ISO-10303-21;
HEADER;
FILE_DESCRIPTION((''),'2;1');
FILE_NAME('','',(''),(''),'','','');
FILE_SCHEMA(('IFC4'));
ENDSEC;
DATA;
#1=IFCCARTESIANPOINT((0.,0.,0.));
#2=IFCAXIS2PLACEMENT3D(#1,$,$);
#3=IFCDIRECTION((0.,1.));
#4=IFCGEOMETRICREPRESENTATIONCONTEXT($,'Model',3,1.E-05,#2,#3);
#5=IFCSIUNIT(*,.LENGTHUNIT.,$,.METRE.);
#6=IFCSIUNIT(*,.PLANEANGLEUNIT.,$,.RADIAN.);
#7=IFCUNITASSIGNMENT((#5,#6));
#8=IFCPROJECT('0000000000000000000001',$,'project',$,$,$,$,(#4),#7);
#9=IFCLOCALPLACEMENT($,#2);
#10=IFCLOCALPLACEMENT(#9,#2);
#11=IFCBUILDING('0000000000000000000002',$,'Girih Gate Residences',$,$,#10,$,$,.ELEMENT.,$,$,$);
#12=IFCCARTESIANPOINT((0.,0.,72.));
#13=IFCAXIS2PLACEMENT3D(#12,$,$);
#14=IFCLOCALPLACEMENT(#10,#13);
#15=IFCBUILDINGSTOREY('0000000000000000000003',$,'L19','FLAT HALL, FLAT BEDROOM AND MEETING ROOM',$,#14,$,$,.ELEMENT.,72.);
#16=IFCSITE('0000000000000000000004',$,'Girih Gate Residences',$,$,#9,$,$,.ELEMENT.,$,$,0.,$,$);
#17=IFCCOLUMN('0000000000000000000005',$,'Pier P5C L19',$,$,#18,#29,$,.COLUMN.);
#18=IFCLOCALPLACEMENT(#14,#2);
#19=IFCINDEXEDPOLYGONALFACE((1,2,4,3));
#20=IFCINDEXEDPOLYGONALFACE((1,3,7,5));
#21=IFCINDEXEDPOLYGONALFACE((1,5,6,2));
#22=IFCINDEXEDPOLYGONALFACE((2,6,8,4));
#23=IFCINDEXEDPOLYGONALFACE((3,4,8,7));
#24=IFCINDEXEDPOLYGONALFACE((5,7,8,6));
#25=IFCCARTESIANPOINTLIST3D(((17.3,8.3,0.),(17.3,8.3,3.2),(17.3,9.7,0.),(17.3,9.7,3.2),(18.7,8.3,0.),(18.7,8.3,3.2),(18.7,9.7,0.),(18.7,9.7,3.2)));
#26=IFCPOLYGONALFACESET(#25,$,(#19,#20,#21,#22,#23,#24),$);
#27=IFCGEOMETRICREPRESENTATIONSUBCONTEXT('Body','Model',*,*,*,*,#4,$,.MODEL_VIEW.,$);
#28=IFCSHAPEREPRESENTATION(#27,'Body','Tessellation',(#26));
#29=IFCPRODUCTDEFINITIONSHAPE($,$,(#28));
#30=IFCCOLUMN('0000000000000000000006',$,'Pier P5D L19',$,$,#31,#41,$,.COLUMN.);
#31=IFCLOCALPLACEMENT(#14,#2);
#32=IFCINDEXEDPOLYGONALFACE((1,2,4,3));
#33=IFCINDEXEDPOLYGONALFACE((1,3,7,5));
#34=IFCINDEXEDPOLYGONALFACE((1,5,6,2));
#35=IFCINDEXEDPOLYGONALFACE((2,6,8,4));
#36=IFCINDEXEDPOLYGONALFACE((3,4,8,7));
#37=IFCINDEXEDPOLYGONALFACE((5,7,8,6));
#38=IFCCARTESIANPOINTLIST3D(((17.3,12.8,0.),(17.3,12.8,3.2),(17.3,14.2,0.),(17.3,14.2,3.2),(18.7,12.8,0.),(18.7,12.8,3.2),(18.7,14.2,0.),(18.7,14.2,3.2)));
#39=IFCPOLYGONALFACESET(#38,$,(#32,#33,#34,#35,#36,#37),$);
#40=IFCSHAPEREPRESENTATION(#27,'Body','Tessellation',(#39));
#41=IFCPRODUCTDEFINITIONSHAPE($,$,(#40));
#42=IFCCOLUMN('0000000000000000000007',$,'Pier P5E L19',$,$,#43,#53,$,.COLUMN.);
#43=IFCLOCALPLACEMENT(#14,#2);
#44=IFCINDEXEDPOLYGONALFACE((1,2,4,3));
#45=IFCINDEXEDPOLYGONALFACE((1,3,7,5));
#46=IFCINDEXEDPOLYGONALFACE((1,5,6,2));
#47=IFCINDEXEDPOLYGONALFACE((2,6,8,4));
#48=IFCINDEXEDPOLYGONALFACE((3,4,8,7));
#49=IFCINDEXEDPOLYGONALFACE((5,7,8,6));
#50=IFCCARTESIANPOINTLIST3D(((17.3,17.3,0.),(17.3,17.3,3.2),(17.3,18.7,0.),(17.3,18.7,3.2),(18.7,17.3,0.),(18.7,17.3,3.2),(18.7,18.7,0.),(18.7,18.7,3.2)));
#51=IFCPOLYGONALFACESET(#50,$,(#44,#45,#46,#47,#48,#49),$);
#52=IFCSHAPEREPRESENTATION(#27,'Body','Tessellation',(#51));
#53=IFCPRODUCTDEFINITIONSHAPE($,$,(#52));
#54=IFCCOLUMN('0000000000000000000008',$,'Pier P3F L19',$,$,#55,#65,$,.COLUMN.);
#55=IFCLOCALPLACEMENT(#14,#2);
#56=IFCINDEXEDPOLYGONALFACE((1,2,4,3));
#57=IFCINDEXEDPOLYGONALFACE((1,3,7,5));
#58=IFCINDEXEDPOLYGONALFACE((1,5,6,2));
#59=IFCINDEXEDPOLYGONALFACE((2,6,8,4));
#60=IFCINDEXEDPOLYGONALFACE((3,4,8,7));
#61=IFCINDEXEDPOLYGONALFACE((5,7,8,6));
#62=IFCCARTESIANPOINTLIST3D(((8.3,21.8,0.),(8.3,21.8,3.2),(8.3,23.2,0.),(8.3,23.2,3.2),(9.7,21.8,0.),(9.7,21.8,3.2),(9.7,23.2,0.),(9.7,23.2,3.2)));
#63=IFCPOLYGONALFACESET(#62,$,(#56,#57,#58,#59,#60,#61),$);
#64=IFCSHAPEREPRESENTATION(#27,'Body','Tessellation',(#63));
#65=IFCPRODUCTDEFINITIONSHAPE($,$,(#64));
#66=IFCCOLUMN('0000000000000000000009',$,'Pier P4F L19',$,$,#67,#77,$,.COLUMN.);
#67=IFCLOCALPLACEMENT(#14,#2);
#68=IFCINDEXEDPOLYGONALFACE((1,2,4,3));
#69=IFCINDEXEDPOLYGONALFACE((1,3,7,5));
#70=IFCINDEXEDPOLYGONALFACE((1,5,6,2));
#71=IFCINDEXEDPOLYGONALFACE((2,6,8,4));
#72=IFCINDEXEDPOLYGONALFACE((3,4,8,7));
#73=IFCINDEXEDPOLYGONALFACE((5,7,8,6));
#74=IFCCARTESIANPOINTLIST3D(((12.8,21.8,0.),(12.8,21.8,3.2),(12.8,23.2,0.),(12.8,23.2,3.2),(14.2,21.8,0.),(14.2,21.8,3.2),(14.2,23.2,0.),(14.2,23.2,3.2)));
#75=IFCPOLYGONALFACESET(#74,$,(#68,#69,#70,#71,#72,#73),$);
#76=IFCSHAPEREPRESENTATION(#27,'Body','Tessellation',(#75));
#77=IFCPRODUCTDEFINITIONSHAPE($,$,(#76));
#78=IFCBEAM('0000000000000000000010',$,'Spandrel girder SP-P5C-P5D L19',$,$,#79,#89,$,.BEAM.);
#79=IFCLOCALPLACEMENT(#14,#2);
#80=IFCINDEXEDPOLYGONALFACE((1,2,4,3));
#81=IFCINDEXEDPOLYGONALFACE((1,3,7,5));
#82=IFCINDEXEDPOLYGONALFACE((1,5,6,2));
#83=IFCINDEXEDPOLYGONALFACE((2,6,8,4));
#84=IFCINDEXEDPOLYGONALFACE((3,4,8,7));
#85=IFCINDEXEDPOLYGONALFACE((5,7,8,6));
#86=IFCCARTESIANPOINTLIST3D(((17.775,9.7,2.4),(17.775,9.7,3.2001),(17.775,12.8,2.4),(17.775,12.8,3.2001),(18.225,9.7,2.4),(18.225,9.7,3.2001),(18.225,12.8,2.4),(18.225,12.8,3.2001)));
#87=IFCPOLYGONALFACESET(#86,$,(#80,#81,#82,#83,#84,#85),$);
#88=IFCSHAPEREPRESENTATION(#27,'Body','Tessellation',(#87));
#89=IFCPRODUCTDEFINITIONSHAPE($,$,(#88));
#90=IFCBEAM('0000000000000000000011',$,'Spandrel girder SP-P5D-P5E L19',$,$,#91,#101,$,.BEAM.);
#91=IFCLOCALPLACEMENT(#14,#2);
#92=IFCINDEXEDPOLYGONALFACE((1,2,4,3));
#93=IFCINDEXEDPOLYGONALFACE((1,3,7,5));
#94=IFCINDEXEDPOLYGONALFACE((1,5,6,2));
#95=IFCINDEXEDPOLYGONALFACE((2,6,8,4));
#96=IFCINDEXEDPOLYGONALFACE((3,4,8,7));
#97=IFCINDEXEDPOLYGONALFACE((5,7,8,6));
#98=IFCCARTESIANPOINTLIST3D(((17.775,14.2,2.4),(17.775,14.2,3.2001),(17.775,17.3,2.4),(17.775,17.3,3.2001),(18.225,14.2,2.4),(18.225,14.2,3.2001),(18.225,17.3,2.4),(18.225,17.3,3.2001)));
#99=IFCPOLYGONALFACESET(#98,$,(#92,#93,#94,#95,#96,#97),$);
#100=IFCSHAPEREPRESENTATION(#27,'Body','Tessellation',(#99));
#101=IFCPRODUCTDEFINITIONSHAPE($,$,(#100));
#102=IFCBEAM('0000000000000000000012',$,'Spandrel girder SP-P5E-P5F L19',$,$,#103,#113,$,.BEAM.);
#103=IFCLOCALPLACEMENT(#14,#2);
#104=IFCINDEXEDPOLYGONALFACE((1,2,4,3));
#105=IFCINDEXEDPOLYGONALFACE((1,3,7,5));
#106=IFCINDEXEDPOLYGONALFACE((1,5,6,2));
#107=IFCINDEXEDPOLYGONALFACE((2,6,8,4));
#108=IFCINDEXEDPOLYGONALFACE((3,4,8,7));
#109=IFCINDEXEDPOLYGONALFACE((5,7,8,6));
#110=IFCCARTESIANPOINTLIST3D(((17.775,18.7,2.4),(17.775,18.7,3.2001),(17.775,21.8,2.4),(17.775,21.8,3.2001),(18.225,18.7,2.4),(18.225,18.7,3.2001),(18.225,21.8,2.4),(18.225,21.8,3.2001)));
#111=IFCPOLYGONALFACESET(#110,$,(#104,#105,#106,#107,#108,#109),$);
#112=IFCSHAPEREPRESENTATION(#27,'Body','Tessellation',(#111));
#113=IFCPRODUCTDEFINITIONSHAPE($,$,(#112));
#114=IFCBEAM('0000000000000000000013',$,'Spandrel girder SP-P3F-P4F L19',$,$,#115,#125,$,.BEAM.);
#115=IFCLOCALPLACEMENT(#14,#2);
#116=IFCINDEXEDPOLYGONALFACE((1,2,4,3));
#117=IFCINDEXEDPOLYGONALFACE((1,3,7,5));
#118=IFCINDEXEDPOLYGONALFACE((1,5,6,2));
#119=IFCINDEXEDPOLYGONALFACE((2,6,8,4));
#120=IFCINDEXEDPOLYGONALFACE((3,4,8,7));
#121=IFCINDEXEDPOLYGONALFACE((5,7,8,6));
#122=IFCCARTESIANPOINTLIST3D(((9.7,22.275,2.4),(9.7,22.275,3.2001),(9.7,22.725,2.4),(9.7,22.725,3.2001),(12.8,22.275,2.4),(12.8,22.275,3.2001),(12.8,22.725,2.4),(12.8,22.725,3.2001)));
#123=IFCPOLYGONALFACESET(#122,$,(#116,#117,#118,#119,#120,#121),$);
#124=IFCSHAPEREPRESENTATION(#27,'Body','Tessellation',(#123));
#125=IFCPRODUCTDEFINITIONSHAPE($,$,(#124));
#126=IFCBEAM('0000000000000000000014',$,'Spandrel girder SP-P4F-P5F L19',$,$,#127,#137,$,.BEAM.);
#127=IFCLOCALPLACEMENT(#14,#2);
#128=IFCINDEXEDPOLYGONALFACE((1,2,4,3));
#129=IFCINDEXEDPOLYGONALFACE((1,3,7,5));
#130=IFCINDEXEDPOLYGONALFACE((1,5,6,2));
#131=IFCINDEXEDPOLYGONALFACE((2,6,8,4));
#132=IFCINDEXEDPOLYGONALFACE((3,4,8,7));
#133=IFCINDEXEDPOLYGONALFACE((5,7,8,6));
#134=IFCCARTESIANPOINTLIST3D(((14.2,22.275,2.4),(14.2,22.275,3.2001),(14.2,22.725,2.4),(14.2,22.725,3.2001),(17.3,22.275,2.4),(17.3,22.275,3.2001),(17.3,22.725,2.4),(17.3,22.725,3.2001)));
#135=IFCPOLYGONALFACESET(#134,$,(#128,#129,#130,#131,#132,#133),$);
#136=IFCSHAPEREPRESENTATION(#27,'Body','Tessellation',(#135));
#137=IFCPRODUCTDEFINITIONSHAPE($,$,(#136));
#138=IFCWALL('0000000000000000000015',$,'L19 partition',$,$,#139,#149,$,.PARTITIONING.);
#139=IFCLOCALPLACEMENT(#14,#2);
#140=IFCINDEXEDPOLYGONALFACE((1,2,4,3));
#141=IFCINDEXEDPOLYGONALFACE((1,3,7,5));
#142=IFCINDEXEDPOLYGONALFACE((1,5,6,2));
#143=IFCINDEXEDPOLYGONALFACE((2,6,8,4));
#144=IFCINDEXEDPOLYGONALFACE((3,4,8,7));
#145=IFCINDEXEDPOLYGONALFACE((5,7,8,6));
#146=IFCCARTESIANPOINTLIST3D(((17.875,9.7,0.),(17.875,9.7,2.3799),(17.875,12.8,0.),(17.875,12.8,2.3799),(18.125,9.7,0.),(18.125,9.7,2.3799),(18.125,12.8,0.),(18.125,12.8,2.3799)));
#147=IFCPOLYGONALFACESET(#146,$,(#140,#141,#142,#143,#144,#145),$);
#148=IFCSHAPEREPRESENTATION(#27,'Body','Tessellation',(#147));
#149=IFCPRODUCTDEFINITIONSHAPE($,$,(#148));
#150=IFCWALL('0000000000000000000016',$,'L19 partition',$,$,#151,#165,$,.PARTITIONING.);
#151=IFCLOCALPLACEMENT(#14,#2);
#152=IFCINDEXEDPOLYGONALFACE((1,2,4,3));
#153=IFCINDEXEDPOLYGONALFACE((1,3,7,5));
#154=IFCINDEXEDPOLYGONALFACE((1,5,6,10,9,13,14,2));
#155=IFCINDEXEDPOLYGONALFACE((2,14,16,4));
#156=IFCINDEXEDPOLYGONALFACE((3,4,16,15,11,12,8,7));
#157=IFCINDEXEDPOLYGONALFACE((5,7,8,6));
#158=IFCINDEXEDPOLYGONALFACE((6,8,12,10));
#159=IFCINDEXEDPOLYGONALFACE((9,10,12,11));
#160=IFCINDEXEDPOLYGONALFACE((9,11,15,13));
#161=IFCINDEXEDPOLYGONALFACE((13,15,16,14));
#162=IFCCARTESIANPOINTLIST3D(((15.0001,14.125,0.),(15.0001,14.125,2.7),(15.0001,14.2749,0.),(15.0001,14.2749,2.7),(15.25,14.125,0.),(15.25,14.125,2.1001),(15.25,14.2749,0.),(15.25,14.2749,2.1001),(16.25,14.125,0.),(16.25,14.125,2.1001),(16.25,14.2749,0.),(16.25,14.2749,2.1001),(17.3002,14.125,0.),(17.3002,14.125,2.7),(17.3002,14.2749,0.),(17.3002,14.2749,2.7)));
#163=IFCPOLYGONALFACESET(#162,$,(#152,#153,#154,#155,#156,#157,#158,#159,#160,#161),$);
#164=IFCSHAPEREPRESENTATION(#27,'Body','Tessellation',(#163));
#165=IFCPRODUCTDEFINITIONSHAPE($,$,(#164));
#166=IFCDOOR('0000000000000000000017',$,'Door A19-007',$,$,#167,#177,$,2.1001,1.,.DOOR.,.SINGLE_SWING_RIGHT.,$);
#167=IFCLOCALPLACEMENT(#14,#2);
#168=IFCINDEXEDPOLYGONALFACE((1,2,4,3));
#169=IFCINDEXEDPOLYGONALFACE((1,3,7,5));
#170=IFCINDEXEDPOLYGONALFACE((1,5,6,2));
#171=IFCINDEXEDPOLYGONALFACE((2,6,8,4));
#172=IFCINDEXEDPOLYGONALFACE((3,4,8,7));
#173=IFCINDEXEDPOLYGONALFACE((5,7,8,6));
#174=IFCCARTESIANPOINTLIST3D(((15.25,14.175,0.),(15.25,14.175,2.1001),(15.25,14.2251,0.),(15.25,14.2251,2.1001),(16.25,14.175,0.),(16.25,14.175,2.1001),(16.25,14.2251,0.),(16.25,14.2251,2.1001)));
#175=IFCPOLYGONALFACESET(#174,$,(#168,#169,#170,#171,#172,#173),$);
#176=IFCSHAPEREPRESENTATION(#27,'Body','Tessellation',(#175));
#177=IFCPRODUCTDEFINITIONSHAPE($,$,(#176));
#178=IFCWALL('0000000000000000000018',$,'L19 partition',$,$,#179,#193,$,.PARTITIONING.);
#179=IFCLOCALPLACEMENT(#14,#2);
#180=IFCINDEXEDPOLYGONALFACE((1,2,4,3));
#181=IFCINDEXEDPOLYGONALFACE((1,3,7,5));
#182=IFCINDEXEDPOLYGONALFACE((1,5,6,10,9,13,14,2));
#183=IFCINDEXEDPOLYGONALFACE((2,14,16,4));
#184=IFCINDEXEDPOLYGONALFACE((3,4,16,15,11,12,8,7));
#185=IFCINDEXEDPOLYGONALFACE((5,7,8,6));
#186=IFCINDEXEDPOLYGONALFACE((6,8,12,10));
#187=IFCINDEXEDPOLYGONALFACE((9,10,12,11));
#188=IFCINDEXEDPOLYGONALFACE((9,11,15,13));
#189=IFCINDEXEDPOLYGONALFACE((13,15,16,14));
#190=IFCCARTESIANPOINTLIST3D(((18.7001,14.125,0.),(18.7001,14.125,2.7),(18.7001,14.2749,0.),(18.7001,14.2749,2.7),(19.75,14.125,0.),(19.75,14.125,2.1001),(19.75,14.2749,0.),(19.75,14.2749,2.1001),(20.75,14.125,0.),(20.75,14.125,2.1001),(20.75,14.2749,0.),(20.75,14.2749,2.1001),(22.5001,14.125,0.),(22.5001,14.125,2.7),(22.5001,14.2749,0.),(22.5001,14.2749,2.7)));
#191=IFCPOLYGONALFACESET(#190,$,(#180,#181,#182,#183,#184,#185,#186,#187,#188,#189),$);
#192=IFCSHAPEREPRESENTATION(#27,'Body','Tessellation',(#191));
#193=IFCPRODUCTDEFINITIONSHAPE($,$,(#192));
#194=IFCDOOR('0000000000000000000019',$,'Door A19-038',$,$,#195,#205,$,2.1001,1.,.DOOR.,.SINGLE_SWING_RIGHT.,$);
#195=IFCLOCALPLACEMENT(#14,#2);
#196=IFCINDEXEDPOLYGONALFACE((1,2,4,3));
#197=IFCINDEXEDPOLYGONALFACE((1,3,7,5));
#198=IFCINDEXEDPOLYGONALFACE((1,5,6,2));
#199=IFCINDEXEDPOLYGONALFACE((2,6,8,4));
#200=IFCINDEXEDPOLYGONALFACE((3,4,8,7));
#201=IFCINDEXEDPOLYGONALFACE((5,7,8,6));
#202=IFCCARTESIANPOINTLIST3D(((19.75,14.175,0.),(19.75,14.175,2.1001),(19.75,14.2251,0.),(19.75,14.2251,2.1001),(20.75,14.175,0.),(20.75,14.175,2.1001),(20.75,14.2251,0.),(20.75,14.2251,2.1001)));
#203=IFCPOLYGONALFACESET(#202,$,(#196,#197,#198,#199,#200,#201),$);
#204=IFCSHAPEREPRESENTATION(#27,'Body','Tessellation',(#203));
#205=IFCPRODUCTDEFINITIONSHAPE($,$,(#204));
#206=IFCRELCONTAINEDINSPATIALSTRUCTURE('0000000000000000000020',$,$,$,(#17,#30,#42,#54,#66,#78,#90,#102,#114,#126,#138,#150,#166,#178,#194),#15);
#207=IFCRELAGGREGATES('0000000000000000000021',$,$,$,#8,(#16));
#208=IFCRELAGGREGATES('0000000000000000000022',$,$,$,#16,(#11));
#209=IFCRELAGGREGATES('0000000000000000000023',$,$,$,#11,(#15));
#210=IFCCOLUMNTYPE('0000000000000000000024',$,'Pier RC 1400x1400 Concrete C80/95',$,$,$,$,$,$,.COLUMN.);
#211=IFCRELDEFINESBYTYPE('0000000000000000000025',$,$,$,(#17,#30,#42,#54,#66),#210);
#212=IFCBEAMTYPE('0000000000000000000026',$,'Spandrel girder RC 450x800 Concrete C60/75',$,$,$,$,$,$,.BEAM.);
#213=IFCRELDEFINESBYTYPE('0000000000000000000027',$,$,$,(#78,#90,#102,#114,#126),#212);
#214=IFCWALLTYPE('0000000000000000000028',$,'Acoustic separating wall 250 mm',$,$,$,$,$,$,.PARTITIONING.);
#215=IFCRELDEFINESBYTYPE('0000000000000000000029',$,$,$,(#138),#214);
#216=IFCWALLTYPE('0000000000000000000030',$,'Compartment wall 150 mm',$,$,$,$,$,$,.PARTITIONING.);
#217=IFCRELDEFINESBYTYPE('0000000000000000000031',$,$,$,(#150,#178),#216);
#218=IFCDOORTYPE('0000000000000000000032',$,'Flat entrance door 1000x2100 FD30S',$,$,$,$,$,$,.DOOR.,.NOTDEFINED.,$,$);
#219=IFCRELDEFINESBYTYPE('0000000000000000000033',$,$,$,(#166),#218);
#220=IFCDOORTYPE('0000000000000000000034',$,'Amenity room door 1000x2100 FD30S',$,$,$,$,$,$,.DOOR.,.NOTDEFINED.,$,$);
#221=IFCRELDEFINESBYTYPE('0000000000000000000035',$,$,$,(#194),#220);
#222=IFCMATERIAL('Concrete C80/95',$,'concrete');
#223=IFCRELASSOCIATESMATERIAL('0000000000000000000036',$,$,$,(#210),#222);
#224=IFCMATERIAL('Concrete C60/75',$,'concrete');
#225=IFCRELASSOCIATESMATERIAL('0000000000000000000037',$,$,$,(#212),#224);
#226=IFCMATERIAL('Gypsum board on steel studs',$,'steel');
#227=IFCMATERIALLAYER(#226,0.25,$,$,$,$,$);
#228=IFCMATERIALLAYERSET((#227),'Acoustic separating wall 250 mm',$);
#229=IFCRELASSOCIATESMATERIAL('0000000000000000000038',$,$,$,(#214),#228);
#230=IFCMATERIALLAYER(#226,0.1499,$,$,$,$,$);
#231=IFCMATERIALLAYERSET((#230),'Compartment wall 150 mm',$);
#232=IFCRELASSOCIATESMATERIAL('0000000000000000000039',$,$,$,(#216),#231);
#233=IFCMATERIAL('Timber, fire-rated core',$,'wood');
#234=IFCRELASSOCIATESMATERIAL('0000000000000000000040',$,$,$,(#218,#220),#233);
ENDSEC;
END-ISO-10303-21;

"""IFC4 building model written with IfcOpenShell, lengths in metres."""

from ifc_helpers import new_model, si_unit, direction, frame, frame_2d, origin, origin_2d, place, context, subcontext, project, spatial, rectangle, extrude, material, layer, layer_set, material_profile, profile_set, type_object, element, fill, save


model = new_model("IFC4")

# Units and contexts
model_context = context("Model", 3, precision=1e-05, world=origin(), true_north=direction((0.0, 1.0)))
body_context = subcontext(model_context, "Body", "Model", "MODEL_VIEW")
ifc_project = project(units=[si_unit("LENGTHUNIT", "METRE"), si_unit("PLANEANGLEUNIT", "RADIAN")], contexts=[model_context])

# Site, building, storey
site_placement = place(None, origin())
site = spatial("IfcSite", under=ifc_project, at=site_placement, Name="Girih Gate Residences", CompositionType="ELEMENT", RefElevation=0.0)
building_placement = place(site_placement, origin())
building = spatial("IfcBuilding", under=site, at=building_placement, Name="Girih Gate Residences", CompositionType="ELEMENT")
storey_placement = place(building_placement, frame((0.0, 0.0, 72.0)))
storey = spatial("IfcBuildingStorey", under=building, at=storey_placement, Name="L19", Description="FLAT HALL, FLAT BEDROOM AND MEETING ROOM", CompositionType="ELEMENT", Elevation=72.0)

# Columns
ifc_material_1 = material(Name="Concrete C80/95", Category="concrete")
ifc_material_profile_1 = material_profile(ifc_material_1, rectangle(XDim=1.3999, YDim=1.3999, at=origin_2d()))
ifc_profile_set_1 = profile_set([ifc_material_profile_1], Name="Concrete C80/95")
column_type = type_object("IfcColumnType", Name="Pier RC 1400x1400 Concrete C80/95", PredefinedType="COLUMN", material=ifc_profile_set_1)
for number, where, z_axis, x_axis, name in (
    (1, (18.0, 9.0, 0.0), (0.0, 0.0, 1.0), (1.0, 0.0, 0.0), "Pier P5C L19"),
    (2, (18.0, 13.5, 0.0), (0.0, 0.0, 1.0), (1.0, 0.0, 0.0), "Pier P5D L19"),
    (3, (18.0, 18.0, 0.0), (0.0, 0.0, 1.0), (1.0, 0.0, 0.0), "Pier P5E L19"),
    (4, (9.0, 22.5, 0.0), (0.0, 0.0, 1.0), (1.0, 0.0, 0.0), "Pier P3F L19"),
    (5, (13.5, 22.5, 0.0), (0.0, 0.0, 1.0), (1.0, 0.0, 0.0), "Pier P4F L19"),
):
    element("IfcColumn", number, at=place(storey_placement, frame(where, z_axis=z_axis, x_axis=x_axis)), inside=storey, type_object=column_type, Name=name, PredefinedType="COLUMN", context=body_context, shape_type="SweptSolid", body=[
        extrude(rectangle(XDim=1.3999, YDim=1.3999, at=origin_2d()), origin(), (0.0, 0.0, 1.0), 3.2),
    ])

# Beams
ifc_material_2 = material(Name="Concrete C60/75", Category="concrete")
ifc_material_profile_2 = material_profile(ifc_material_2, rectangle(XDim=0.45, YDim=0.8, at=origin_2d()))
ifc_profile_set_2 = profile_set([ifc_material_profile_2], Name="Concrete C60/75")
beam_type = type_object("IfcBeamType", Name="Spandrel girder RC 450x800 Concrete C60/75", PredefinedType="BEAM", material=ifc_profile_set_2)
for number, where, z_axis, x_axis, name in (
    (6, (18.0, 9.7, 2.8), (0.0, 1.0, 0.0), (-1.0, 0.0, 0.0), "Spandrel girder SP-P5C-P5D L19"),
    (7, (18.0, 14.2, 2.8), (0.0, 1.0, 0.0), (-1.0, 0.0, 0.0), "Spandrel girder SP-P5D-P5E L19"),
    (8, (18.0, 18.7, 2.8), (0.0, 1.0, 0.0), (-1.0, 0.0, 0.0), "Spandrel girder SP-P5E-P5F L19"),
    (9, (9.7, 22.5, 2.8), (1.0, 0.0, 0.0), (0.0, 1.0, 0.0), "Spandrel girder SP-P3F-P4F L19"),
    (10, (14.2, 22.5, 2.8), (1.0, 0.0, 0.0), (0.0, 1.0, 0.0), "Spandrel girder SP-P4F-P5F L19"),
):
    element("IfcBeam", number, at=place(storey_placement, frame(where, z_axis=z_axis, x_axis=x_axis)), inside=storey, type_object=beam_type, Name=name, PredefinedType="BEAM", context=body_context, shape_type="SweptSolid", body=[
        extrude(rectangle(XDim=0.45, YDim=0.8, at=origin_2d()), origin(), (0.0, 0.0, 1.0), 3.1001),
    ])

# Wall
ifc_material_3 = material(Name="Gypsum board on steel studs", Category="steel")
ifc_layer_1 = layer(ifc_material_3, 0.25)
ifc_layer_set_1 = layer_set([ifc_layer_1], Name="Acoustic separating wall 250 mm")
wall_type_1 = type_object("IfcWallType", Name="Acoustic separating wall 250 mm", PredefinedType="PARTITIONING", material=ifc_layer_set_1)
wall_1_placement = place(storey_placement, frame((18.0, 9.7, 0.0), z_axis=(0.0, 0.0, 1.0), x_axis=(0.0, 1.0, 0.0)))
element("IfcWall", 11, at=wall_1_placement, inside=storey, type_object=wall_type_1, Name="L19 partition", PredefinedType="PARTITIONING", context=body_context, shape_type="SweptSolid", body=[
    extrude(rectangle(XDim=3.1001, YDim=0.25, at=frame_2d((1.55, 0.0))), origin(), (0.0, 0.0, 1.0), 2.3799),
])

# Walls, openings, doors
ifc_layer_2 = layer(ifc_material_3, 0.1499)
ifc_layer_set_2 = layer_set([ifc_layer_2], Name="Compartment wall 150 mm")
wall_type_2 = type_object("IfcWallType", Name="Compartment wall 150 mm", PredefinedType="PARTITIONING", material=ifc_layer_set_2)
wall_2_placement = place(storey_placement, frame((17.3, 14.2, 0.0), z_axis=(0.0, 0.0, 1.0), x_axis=(-1.0, 0.0, 0.0)))
wall_2 = element("IfcWall", 12, at=wall_2_placement, inside=storey, type_object=wall_type_2, Name="L19 partition", PredefinedType="PARTITIONING", context=body_context, shape_type="SweptSolid", body=[
    extrude(rectangle(XDim=2.3, YDim=0.1499, at=frame_2d((1.1499, 0.0))), origin(), (0.0, 0.0, 1.0), 2.7),
])
opening_1_placement = place(wall_2_placement, frame((1.05, 0.0, 0.0)))
opening_1 = element("IfcOpeningElement", 13, at=opening_1_placement, cuts=wall_2, PredefinedType="OPENING", context=body_context, shape_type="SweptSolid", body=[
    extrude(rectangle(XDim=1.0, YDim=2.1001, at=frame_2d((0.5, 1.05))), frame((0.0, 0.085, 0.0), z_axis=(0.0, -1.0, 0.0), x_axis=(1.0, 0.0, 0.0)), (0.0, 0.0, 1.0), 0.1699),
])
ifc_material_4 = material(Name="Timber, fire-rated core", Category="wood")
door_type_1 = type_object("IfcDoorType", Name="Flat entrance door 1000x2100 FD30S", OperationType="NOTDEFINED", PredefinedType="DOOR", material=ifc_material_4)
door_1_placement = place(opening_1_placement, origin())
door_1 = element("IfcDoor", 14, at=door_1_placement, inside=storey, type_object=door_type_1, Name="Door A19-007", OperationType="SINGLE_SWING_RIGHT", OverallHeight=2.1001, OverallWidth=1.0, PredefinedType="DOOR", context=body_context, shape_type="SweptSolid", body=[
    extrude(rectangle(XDim=1.0, YDim=2.1001, at=frame_2d((0.5, 1.05))), frame((0.0, 0.0249, 0.0), z_axis=(0.0, -1.0, 0.0), x_axis=(1.0, 0.0, 0.0)), (0.0, 0.0, 1.0), 0.05),
])
fill(opening_1, door_1)
wall_3_placement = place(storey_placement, frame((22.5, 14.2, 0.0), z_axis=(0.0, 0.0, 1.0), x_axis=(-1.0, 0.0, 0.0)))
wall_3 = element("IfcWall", 15, at=wall_3_placement, inside=storey, type_object=wall_type_2, Name="L19 partition", PredefinedType="PARTITIONING", context=body_context, shape_type="SweptSolid", body=[
    extrude(rectangle(XDim=3.8, YDim=0.1499, at=frame_2d((1.8999, 0.0))), origin(), (0.0, 0.0, 1.0), 2.7),
])
opening_2_placement = place(wall_3_placement, frame((1.75, 0.0, 0.0)))
opening_2 = element("IfcOpeningElement", 16, at=opening_2_placement, cuts=wall_3, PredefinedType="OPENING", context=body_context, shape_type="SweptSolid", body=[
    extrude(rectangle(XDim=1.0, YDim=2.1001, at=frame_2d((0.5, 1.05))), frame((0.0, 0.085, 0.0), z_axis=(0.0, -1.0, 0.0), x_axis=(1.0, 0.0, 0.0)), (0.0, 0.0, 1.0), 0.1699),
])
door_type_2 = type_object("IfcDoorType", Name="Amenity room door 1000x2100 FD30S", OperationType="NOTDEFINED", PredefinedType="DOOR", material=ifc_material_4)
door_2_placement = place(opening_2_placement, origin())
door_2 = element("IfcDoor", 17, at=door_2_placement, inside=storey, type_object=door_type_2, Name="Door A19-038", OperationType="SINGLE_SWING_RIGHT", OverallHeight=2.1001, OverallWidth=1.0, PredefinedType="DOOR", context=body_context, shape_type="SweptSolid", body=[
    extrude(rectangle(XDim=1.0, YDim=2.1001, at=frame_2d((0.5, 1.05))), frame((0.0, 0.0249, 0.0), z_axis=(0.0, -1.0, 0.0), x_axis=(1.0, 0.0, 0.0)), (0.0, 0.0, 1.0), 0.05),
])
fill(opening_2, door_2)

save(model, "model.ifc")
